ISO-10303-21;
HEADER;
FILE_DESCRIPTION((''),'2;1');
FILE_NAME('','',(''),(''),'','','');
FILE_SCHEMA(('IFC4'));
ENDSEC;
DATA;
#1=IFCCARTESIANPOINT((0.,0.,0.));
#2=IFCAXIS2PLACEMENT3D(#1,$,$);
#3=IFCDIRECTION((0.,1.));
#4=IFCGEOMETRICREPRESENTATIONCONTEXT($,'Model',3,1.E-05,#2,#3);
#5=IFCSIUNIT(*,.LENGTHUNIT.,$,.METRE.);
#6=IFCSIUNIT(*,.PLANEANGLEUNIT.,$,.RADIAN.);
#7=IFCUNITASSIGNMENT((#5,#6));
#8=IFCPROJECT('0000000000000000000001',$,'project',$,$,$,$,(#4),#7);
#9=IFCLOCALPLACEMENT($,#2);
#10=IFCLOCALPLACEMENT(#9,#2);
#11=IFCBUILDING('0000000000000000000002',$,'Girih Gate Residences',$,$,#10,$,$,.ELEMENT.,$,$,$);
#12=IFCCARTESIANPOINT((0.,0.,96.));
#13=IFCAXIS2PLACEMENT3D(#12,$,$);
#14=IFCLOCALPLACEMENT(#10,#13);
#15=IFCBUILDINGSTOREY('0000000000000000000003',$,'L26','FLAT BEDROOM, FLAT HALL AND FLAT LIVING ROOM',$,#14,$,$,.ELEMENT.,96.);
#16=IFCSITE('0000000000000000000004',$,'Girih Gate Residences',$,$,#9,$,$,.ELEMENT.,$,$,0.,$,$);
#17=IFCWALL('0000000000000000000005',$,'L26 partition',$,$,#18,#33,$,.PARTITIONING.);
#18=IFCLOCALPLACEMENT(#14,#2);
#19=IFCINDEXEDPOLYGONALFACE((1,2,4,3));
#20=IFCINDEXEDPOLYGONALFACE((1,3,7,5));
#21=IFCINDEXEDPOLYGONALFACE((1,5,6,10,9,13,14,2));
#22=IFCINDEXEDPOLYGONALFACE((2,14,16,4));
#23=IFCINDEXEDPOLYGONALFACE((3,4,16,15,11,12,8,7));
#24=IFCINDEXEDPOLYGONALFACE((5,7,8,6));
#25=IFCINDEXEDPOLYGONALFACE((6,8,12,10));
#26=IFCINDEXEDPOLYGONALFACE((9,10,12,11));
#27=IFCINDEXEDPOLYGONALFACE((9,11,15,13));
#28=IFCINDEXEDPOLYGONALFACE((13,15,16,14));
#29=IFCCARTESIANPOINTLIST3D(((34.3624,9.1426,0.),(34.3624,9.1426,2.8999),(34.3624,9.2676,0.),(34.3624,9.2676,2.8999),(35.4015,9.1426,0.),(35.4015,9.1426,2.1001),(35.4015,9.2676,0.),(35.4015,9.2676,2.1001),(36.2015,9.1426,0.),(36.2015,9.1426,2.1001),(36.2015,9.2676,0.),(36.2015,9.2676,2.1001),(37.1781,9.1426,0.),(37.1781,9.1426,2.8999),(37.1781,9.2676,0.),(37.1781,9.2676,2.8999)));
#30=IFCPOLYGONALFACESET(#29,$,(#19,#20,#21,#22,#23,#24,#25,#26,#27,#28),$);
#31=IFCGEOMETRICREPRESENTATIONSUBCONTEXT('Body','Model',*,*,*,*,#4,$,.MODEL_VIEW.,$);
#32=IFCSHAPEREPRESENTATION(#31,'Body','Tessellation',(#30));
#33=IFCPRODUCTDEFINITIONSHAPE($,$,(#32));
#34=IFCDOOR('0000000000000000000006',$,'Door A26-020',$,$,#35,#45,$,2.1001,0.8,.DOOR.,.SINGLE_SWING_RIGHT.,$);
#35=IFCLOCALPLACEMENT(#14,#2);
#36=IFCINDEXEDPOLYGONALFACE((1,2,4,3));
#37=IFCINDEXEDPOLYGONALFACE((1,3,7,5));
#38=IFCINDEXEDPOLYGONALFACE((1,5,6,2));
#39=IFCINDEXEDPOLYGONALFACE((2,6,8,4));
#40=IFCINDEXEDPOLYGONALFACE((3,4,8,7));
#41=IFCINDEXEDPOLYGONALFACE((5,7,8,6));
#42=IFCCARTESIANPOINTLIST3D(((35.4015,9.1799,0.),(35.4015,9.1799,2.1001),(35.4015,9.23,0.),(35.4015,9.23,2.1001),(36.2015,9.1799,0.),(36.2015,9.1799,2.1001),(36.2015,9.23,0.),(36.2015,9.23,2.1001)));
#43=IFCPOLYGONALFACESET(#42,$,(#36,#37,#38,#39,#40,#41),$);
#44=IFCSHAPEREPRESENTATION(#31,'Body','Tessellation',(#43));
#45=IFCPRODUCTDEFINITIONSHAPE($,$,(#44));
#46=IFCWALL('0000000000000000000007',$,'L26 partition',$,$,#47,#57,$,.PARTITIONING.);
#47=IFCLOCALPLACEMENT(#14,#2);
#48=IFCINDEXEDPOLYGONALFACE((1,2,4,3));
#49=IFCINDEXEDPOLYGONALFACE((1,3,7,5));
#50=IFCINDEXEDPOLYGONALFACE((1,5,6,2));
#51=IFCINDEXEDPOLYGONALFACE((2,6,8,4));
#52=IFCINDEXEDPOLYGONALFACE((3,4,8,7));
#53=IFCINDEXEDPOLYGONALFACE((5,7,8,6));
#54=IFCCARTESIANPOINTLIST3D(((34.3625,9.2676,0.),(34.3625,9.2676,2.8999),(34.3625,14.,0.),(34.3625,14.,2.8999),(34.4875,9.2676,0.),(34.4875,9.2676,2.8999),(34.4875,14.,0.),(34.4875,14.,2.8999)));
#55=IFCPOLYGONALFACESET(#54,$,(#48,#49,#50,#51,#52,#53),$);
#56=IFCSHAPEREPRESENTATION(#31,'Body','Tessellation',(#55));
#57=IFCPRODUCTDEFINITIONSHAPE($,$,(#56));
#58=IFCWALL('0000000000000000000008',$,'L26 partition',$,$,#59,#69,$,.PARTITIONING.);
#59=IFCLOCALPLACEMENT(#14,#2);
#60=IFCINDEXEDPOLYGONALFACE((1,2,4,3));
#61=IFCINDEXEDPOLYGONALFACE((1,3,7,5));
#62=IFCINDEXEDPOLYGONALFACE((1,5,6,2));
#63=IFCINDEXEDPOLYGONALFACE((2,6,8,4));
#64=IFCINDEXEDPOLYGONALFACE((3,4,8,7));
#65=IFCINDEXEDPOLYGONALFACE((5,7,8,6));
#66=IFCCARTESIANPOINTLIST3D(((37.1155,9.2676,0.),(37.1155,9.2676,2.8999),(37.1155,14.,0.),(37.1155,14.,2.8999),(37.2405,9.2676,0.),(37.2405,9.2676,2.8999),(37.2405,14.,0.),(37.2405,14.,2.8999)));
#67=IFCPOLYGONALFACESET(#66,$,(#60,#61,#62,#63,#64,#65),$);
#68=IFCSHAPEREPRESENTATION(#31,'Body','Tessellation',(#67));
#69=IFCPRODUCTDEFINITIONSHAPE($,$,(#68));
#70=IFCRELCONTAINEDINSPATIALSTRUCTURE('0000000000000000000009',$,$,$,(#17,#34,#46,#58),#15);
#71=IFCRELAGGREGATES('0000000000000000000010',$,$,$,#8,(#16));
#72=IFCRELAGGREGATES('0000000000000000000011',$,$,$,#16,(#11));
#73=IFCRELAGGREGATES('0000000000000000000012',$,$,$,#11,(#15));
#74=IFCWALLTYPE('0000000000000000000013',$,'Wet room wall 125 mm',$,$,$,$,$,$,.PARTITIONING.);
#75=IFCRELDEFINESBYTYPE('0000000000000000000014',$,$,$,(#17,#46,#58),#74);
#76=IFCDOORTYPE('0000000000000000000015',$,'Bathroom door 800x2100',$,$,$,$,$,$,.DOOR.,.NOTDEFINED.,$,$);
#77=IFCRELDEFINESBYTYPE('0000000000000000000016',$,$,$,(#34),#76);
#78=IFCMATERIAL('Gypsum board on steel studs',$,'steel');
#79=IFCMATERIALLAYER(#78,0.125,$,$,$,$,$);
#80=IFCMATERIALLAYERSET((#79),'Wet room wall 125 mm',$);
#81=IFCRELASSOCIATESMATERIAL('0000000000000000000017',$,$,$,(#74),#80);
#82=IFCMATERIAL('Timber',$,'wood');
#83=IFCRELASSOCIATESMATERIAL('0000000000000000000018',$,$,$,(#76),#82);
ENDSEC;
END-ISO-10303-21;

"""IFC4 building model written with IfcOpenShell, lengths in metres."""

from ifc_helpers import new_model, si_unit, direction, frame, frame_2d, origin, place, context, subcontext, project, spatial, rectangle, extrude, material, layer, layer_set, type_object, element, fill, save


model = new_model("IFC4")

# Units and contexts
model_context = context("Model", 3, precision=1e-05, world=origin(), true_north=direction((0.0, 1.0)))
body_context = subcontext(model_context, "Body", "Model", "MODEL_VIEW")
ifc_project = project(units=[si_unit("LENGTHUNIT", "METRE"), si_unit("PLANEANGLEUNIT", "RADIAN")], contexts=[model_context])

# Site, building, storey
site_placement = place(None, origin())
site = spatial("IfcSite", under=ifc_project, at=site_placement, Name="Girih Gate Residences", CompositionType="ELEMENT", RefElevation=0.0)
building_placement = place(site_placement, origin())
building = spatial("IfcBuilding", under=site, at=building_placement, Name="Girih Gate Residences", CompositionType="ELEMENT")
storey_placement = place(building_placement, frame((0.0, 0.0, 96.0)))
storey = spatial("IfcBuildingStorey", under=building, at=storey_placement, Name="L26", Description="FLAT BEDROOM, FLAT HALL AND FLAT LIVING ROOM", CompositionType="ELEMENT", Elevation=96.0)

# Shared definitions
ifc_material_1 = material(Name="Gypsum board on steel studs", Category="steel")

# Shared definitions
ifc_material_2 = material(Name="Timber", Category="wood")

# Wall, opening, door
ifc_layer_1 = layer(ifc_material_1, 0.125)
ifc_layer_set_1 = layer_set([ifc_layer_1], Name="Wet room wall 125 mm")
wall_type_1 = type_object("IfcWallType", Name="Wet room wall 125 mm", PredefinedType="PARTITIONING", material=ifc_layer_set_1)
wall_1_placement = place(storey_placement, frame((34.3625, 9.2051, 0.0), z_axis=(0.0, 0.0, 1.0), x_axis=(1.0, 0.0, 0.0)))
wall_1 = element("IfcWall", 1, at=wall_1_placement, inside=storey, type_object=wall_type_1, Name="L26 partition", PredefinedType="PARTITIONING", context=body_context, shape_type="SweptSolid", body=[
    extrude(rectangle(XDim=2.8157, YDim=0.125, at=frame_2d((1.4077, 0.0))), origin(), (0.0, 0.0, 1.0), 2.8999),
])
opening_1_placement = place(wall_1_placement, frame((1.0391, 0.0, 0.0)))
opening_1 = element("IfcOpeningElement", 2, at=opening_1_placement, cuts=wall_1, PredefinedType="OPENING", context=body_context, shape_type="SweptSolid", body=[
    extrude(rectangle(XDim=0.8, YDim=2.1001, at=frame_2d((0.3999, 1.05))), frame((0.0, 0.0725, 0.0), z_axis=(0.0, -1.0, 0.0), x_axis=(1.0, 0.0, 0.0)), (0.0, 0.0, 1.0), 0.145),
])
door_type_1 = type_object("IfcDoorType", Name="Bathroom door 800x2100", OperationType="NOTDEFINED", PredefinedType="DOOR", material=ifc_material_2)
door_1_placement = place(opening_1_placement, origin())
door_1 = element("IfcDoor", 3, at=door_1_placement, inside=storey, type_object=door_type_1, Name="Door A26-020", OperationType="SINGLE_SWING_RIGHT", OverallHeight=2.1001, OverallWidth=0.8, PredefinedType="DOOR", context=body_context, shape_type="SweptSolid", body=[
    extrude(rectangle(XDim=0.8, YDim=2.1001, at=frame_2d((0.3999, 1.05))), frame((0.0, 0.0249, 0.0), z_axis=(0.0, -1.0, 0.0), x_axis=(1.0, 0.0, 0.0)), (0.0, 0.0, 1.0), 0.05),
])
fill(opening_1, door_1)

# Walls
for number, where, z_axis, x_axis, name in (
    (4, (34.425, 9.2676, 0.0), (0.0, 0.0, 1.0), (0.0, 1.0, 0.0), "L26 partition"),
    (5, (37.178, 9.2676, 0.0), (0.0, 0.0, 1.0), (0.0, 1.0, 0.0), "L26 partition"),
):
    element("IfcWall", number, at=place(storey_placement, frame(where, z_axis=z_axis, x_axis=x_axis)), inside=storey, type_object=wall_type_1, Name=name, PredefinedType="PARTITIONING", context=body_context, shape_type="SweptSolid", body=[
        extrude(rectangle(XDim=4.7324, YDim=0.125, at=frame_2d((2.3662, 0.0))), origin(), (0.0, 0.0, 1.0), 2.8999),
    ])

save(model, "model.ifc")
